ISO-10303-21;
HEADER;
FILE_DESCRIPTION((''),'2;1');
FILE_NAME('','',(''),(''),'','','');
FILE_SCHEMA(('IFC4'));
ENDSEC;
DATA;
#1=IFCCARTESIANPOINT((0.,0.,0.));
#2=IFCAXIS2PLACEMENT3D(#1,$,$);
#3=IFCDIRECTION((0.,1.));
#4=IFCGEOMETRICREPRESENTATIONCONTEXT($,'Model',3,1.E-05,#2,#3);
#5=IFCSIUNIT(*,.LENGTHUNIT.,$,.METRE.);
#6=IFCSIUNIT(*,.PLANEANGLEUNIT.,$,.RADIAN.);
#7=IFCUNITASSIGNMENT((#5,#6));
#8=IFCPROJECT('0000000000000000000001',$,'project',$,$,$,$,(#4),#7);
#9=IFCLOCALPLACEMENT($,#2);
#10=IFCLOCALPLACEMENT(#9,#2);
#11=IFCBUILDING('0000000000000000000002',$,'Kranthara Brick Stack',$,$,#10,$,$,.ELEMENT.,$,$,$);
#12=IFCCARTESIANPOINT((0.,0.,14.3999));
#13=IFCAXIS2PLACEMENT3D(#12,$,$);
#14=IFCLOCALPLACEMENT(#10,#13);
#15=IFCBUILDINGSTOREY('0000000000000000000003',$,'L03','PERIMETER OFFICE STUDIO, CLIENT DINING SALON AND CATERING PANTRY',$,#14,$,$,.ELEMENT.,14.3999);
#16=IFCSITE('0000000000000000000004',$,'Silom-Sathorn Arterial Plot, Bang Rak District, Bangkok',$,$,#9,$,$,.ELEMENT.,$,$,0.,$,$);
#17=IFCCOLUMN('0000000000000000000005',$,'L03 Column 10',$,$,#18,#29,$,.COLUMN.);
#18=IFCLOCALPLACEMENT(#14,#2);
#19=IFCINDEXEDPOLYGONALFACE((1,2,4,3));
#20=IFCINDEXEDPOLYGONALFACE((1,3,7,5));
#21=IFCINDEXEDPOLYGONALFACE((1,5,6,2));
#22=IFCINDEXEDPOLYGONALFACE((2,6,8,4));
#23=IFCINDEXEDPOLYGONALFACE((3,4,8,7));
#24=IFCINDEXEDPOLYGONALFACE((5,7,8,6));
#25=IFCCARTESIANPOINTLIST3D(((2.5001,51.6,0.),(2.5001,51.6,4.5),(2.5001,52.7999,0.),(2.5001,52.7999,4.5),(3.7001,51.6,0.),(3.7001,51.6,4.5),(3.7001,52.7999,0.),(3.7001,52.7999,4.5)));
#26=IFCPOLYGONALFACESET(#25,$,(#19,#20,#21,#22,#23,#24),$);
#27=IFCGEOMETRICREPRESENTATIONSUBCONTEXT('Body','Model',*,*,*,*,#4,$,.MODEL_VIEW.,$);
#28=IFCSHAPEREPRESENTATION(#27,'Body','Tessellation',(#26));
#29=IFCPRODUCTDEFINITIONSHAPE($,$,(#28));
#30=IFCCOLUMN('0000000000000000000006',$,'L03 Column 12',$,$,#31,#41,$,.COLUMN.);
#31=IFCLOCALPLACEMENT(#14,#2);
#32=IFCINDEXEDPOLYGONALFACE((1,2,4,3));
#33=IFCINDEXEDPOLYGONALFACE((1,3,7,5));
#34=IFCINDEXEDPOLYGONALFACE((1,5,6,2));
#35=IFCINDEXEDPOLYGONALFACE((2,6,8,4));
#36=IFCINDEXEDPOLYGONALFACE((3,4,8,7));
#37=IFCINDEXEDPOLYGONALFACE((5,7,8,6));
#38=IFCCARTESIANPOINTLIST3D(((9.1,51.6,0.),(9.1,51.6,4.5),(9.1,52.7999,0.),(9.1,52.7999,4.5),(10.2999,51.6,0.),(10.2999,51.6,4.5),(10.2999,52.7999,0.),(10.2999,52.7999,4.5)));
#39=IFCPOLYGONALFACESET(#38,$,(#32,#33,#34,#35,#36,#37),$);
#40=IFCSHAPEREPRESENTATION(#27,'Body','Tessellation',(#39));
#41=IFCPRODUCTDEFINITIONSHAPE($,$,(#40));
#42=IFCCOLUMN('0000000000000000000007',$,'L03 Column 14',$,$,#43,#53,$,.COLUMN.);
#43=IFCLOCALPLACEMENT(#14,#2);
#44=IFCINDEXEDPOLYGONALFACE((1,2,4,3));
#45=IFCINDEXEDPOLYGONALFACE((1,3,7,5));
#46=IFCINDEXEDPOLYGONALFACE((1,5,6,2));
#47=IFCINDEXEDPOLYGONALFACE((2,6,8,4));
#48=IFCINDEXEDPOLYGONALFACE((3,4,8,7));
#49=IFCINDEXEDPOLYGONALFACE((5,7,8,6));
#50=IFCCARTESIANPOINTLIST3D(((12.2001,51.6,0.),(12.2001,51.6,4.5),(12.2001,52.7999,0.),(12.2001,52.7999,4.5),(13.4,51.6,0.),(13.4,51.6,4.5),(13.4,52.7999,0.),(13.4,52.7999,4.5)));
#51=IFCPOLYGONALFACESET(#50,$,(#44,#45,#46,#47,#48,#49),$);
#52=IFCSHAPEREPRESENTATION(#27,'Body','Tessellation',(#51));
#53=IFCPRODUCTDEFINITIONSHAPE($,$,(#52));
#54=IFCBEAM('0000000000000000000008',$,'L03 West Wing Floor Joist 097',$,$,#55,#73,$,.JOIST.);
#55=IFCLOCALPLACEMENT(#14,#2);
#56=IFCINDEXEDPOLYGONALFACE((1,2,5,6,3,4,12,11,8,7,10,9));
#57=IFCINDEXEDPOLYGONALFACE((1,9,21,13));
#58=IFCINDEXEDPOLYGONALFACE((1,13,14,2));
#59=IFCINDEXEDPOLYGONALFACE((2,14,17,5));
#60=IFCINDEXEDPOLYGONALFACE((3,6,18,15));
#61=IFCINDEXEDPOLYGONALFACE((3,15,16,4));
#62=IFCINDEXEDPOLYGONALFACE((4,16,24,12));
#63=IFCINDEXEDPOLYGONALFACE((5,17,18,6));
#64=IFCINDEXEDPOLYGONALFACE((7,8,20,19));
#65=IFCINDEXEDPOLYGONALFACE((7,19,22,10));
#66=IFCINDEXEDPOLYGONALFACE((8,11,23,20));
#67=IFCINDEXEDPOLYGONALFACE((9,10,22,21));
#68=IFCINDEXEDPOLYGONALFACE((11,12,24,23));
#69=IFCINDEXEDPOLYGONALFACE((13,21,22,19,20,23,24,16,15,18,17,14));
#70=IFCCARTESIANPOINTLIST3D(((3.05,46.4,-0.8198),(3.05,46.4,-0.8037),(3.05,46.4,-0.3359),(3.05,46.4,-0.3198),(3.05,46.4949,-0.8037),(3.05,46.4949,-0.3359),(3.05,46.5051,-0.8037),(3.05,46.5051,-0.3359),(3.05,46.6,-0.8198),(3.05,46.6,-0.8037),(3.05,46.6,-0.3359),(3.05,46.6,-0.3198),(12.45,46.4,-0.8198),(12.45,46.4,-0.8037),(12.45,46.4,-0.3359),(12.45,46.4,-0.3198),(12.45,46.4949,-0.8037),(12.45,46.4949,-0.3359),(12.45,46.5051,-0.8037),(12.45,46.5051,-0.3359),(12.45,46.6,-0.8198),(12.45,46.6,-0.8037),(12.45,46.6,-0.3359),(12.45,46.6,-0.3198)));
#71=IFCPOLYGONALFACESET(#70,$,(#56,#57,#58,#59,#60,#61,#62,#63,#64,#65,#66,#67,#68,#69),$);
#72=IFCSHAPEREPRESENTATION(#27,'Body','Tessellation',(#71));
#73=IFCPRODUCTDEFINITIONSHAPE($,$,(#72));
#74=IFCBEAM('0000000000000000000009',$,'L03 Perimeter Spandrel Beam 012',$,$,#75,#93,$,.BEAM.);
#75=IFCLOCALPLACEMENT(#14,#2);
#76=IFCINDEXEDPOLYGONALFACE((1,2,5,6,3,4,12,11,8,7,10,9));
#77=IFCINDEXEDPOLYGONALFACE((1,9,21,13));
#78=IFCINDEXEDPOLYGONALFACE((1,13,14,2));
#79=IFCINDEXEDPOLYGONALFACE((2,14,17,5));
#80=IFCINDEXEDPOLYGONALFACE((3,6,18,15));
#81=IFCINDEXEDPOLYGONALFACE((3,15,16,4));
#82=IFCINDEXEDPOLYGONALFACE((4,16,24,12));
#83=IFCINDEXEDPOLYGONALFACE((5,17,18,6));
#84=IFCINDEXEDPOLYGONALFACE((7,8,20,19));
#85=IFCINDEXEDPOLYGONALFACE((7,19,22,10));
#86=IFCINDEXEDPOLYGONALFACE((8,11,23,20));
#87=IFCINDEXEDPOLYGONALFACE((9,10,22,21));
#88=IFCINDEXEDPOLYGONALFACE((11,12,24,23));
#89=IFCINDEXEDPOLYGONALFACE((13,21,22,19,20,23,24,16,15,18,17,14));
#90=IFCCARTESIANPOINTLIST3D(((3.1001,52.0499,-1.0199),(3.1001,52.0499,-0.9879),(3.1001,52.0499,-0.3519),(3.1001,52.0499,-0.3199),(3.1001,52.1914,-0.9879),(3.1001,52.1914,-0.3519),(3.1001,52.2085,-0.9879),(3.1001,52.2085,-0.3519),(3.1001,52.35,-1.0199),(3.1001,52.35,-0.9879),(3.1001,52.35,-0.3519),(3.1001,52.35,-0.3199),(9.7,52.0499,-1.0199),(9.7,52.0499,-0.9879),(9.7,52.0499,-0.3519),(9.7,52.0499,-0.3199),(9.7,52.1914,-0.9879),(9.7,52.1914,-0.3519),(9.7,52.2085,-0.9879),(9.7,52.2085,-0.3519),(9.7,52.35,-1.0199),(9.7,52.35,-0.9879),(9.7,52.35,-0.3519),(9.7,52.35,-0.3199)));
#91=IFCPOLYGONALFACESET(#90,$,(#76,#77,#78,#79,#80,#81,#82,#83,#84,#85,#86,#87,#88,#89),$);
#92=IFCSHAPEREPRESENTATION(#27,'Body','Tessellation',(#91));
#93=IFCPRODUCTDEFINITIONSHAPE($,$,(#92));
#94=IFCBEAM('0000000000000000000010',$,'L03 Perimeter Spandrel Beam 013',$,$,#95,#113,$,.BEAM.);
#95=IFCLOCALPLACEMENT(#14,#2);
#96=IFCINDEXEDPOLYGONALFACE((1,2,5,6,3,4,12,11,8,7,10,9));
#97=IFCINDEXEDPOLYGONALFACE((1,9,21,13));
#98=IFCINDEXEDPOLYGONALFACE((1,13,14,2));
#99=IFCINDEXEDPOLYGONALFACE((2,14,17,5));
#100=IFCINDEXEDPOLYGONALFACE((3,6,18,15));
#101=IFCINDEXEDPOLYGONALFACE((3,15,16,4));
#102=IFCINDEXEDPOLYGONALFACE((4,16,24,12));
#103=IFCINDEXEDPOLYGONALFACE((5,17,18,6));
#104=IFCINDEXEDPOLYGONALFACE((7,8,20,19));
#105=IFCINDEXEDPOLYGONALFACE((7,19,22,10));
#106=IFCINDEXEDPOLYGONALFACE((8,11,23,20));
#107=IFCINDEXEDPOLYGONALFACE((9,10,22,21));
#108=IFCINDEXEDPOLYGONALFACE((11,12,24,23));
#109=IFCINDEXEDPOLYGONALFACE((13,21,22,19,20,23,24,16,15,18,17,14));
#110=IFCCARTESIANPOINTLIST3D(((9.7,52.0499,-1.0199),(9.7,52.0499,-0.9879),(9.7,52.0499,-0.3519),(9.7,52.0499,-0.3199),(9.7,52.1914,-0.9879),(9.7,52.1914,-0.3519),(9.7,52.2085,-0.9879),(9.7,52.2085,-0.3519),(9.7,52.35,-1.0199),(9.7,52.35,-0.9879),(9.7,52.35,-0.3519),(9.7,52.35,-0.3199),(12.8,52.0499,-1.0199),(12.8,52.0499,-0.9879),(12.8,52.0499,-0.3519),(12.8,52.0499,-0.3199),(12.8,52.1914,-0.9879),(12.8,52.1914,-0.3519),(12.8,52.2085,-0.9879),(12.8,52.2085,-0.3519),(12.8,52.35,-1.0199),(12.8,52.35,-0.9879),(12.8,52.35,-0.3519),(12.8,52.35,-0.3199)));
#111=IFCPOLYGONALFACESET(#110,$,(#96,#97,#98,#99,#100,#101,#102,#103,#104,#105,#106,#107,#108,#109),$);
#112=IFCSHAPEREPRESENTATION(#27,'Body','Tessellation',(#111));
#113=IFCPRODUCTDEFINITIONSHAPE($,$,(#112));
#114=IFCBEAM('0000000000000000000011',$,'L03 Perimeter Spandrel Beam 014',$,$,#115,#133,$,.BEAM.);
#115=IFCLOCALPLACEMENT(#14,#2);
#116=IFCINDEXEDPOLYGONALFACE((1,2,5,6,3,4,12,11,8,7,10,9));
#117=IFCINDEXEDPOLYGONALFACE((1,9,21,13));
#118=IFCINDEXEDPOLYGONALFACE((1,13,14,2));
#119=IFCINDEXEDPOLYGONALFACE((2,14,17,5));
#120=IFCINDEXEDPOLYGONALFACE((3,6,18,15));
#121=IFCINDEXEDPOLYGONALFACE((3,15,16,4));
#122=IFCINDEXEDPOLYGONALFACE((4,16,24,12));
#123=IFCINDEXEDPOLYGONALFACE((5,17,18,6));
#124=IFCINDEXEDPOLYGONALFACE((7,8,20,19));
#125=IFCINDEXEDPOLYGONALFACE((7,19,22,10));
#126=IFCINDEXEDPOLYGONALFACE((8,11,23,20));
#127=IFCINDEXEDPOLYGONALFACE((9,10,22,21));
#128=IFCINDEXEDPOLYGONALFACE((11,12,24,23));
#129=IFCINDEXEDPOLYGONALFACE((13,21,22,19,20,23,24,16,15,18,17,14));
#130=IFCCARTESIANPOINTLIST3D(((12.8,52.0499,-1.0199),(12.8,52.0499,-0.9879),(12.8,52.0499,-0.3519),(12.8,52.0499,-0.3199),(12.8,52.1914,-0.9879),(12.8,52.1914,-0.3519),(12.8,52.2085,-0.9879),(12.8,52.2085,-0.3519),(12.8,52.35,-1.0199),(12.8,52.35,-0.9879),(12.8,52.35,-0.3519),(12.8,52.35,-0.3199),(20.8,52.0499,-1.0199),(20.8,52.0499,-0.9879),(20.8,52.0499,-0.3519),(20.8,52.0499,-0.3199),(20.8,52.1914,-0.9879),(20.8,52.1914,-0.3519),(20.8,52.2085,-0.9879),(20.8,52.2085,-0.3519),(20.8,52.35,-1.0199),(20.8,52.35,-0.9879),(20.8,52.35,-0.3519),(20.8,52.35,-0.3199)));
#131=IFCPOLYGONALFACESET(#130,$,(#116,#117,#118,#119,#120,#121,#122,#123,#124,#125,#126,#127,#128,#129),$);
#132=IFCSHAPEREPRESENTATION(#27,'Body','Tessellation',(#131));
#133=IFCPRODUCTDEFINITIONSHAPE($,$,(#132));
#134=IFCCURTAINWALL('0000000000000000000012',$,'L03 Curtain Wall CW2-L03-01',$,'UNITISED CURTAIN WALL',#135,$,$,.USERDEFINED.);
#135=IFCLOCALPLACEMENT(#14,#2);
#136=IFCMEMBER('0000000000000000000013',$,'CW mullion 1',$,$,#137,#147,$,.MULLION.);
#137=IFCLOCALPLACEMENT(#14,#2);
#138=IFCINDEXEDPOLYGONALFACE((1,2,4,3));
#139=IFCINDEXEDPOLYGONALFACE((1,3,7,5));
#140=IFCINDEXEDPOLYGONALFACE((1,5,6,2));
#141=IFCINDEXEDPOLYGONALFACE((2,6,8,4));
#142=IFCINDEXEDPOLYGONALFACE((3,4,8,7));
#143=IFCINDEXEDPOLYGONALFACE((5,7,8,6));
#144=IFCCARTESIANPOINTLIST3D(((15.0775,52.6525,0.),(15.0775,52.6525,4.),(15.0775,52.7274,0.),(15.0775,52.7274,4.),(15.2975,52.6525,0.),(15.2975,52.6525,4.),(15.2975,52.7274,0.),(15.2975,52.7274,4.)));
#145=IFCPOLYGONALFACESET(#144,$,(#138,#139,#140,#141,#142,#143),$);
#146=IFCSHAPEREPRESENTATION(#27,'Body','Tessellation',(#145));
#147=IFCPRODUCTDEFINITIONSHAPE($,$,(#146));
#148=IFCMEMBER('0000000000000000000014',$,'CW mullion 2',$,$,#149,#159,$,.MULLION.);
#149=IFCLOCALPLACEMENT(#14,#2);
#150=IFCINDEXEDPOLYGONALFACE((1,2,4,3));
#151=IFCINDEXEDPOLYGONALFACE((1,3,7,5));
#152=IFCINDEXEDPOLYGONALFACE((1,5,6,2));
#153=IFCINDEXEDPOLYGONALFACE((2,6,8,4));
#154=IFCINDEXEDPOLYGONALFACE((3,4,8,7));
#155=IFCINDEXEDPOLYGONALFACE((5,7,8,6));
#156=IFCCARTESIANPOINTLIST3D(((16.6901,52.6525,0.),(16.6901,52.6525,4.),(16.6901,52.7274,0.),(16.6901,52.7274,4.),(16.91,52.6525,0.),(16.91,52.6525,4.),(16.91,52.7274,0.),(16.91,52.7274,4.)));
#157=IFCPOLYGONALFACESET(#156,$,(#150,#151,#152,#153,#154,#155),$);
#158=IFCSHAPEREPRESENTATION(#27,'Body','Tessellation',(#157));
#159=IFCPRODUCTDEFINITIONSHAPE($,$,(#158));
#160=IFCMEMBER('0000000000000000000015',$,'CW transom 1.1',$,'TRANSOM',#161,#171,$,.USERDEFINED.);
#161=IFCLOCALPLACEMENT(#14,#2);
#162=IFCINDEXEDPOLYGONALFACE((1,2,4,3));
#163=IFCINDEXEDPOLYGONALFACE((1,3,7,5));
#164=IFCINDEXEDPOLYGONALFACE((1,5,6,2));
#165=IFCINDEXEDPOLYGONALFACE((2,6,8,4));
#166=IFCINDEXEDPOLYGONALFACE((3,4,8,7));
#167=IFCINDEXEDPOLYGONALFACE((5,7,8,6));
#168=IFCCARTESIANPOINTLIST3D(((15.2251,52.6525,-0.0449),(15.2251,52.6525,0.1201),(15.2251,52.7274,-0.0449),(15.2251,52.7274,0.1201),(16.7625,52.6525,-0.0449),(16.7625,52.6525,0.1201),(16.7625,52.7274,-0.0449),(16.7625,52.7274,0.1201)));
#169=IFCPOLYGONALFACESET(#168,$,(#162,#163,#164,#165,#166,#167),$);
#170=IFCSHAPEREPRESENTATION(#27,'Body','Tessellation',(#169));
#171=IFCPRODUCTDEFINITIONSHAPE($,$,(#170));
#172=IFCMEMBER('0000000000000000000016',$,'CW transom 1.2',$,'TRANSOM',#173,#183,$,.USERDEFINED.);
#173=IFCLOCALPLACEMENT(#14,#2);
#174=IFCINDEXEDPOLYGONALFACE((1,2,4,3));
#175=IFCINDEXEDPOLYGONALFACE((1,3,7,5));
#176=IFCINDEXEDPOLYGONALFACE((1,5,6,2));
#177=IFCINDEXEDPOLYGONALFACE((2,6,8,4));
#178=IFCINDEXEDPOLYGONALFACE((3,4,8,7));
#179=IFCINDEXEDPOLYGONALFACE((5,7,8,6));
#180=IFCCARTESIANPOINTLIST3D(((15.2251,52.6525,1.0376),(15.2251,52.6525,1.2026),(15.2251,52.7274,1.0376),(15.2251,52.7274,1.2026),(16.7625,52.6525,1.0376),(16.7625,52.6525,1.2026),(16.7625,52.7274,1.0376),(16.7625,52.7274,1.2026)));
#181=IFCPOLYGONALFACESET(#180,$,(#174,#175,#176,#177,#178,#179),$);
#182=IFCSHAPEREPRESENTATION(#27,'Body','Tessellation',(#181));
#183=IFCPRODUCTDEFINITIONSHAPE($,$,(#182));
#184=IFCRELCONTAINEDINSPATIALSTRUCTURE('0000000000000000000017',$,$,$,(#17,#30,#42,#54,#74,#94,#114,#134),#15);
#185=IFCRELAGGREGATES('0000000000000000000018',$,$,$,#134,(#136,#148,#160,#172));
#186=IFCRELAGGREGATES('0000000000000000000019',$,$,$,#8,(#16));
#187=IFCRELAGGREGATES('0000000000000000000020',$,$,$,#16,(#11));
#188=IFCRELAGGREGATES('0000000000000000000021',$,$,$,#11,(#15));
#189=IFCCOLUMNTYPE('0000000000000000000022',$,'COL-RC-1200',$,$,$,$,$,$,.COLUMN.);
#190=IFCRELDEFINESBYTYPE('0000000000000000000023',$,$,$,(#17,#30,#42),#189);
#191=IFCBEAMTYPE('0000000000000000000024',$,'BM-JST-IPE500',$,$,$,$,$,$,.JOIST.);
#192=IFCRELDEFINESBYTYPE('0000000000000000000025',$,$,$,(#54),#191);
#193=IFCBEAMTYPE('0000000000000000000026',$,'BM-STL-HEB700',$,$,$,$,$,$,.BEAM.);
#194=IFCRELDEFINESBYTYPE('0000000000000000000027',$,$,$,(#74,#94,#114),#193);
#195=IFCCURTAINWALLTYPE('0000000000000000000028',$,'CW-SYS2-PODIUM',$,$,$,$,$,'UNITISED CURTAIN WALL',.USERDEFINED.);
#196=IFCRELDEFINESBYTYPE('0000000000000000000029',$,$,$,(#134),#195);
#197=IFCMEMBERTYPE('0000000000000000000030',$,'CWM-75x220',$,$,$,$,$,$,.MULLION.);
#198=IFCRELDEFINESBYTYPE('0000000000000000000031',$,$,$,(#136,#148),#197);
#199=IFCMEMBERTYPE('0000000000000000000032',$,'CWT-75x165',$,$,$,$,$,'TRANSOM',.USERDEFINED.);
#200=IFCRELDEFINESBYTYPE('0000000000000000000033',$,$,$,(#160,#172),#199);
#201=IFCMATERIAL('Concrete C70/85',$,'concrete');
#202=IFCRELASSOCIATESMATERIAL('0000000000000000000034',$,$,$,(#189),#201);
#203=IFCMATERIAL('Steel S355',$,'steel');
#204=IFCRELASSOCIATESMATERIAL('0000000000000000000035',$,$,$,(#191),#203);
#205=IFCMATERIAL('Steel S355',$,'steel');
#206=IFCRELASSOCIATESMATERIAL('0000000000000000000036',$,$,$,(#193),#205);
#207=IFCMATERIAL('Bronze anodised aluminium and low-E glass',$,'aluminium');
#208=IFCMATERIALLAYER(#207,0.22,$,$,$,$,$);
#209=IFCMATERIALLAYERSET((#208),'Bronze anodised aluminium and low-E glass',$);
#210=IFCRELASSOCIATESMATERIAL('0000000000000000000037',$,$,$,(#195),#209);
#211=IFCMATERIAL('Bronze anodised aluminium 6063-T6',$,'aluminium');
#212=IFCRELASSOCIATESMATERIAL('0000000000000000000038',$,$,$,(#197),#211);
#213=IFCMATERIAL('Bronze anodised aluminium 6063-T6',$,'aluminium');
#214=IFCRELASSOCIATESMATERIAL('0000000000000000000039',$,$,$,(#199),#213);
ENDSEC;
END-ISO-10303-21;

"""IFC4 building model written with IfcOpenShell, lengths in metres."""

from ifc_helpers import new_model, si_unit, direction, frame, origin, origin_2d, place, context, subcontext, project, spatial, rectangle, i_section, extrude, material, layer, layer_set, material_profile, profile_set, type_object, element, aggregate, save


model = new_model("IFC4")

# Units and contexts
model_context = context("Model", 3, precision=1e-05, world=origin(), true_north=direction((0.0, 1.0)))
body_context = subcontext(model_context, "Body", "Model", "MODEL_VIEW")
ifc_project = project(units=[si_unit("LENGTHUNIT", "METRE"), si_unit("PLANEANGLEUNIT", "RADIAN")], contexts=[model_context])

# Site, building, storey
site_placement = place(None, origin())
site = spatial("IfcSite", under=ifc_project, at=site_placement, Name="Silom-Sathorn Arterial Plot, Bang Rak District, Bangkok", CompositionType="ELEMENT", RefElevation=0.0)
building_placement = place(site_placement, origin())
building = spatial("IfcBuilding", under=site, at=building_placement, Name="Kranthara Brick Stack", CompositionType="ELEMENT")
storey_placement = place(building_placement, frame((0.0, 0.0, 14.3999)))
storey = spatial("IfcBuildingStorey", under=building, at=storey_placement, Name="L03", Description="PERIMETER OFFICE STUDIO, CLIENT DINING SALON AND CATERING PANTRY", CompositionType="ELEMENT", Elevation=14.3999)

# Columns
ifc_material_1 = material(Name="Concrete C70/85", Category="concrete")
ifc_material_profile_1 = material_profile(ifc_material_1, rectangle(XDim=1.2, YDim=1.2, at=origin_2d()), Name="RC 1200x1200")
ifc_profile_set_1 = profile_set([ifc_material_profile_1], Name="Concrete C70/85")
column_type = type_object("IfcColumnType", Name="COL-RC-1200", PredefinedType="COLUMN", material=ifc_profile_set_1)
for number, where, z_axis, x_axis, name in (
    (1, (3.1001, 52.2, 0.0), (0.0, 0.0, 1.0), (1.0, 0.0, 0.0), "L03 Column 10"),
    (2, (9.7, 52.2, 0.0), (0.0, 0.0, 1.0), (1.0, 0.0, 0.0), "L03 Column 12"),
    (3, (12.8, 52.2, 0.0), (0.0, 0.0, 1.0), (1.0, 0.0, 0.0), "L03 Column 14"),
):
    element("IfcColumn", number, at=place(storey_placement, frame(where, z_axis=z_axis, x_axis=x_axis)), inside=storey, type_object=column_type, Name=name, PredefinedType="COLUMN", context=body_context, shape_type="SweptSolid", body=[
        extrude(rectangle(XDim=1.2, YDim=1.2, at=origin_2d()), origin(), (0.0, 0.0, 1.0), 4.5),
    ])

# Beams
ifc_material_2 = material(Name="Steel S355", Category="steel")
ifc_material_profile_2 = material_profile(ifc_material_2, i_section(OverallWidth=0.2, OverallDepth=0.5, WebThickness=0.0103, FlangeThickness=0.0161, at=origin_2d()), Name="IPE 500")
ifc_profile_set_2 = profile_set([ifc_material_profile_2], Name="Steel S355")
beam_type_1 = type_object("IfcBeamType", Name="BM-JST-IPE500", PredefinedType="JOIST", material=ifc_profile_set_2)
beam_1_placement = place(storey_placement, frame((3.05, 46.5, -0.5698), z_axis=(1.0, 0.0, 0.0), x_axis=(0.0, 1.0, 0.0)))
element("IfcBeam", 4, at=beam_1_placement, inside=storey, type_object=beam_type_1, Name="L03 West Wing Floor Joist 097", PredefinedType="JOIST", context=body_context, shape_type="SweptSolid", body=[
    extrude(i_section(OverallWidth=0.2, OverallDepth=0.5, WebThickness=0.0103, FlangeThickness=0.0161, at=origin_2d()), origin(), (0.0, 0.0, 1.0), 9.3999),
])
ifc_material_3 = material(Name="Steel S355", Category="steel")
ifc_material_profile_3 = material_profile(ifc_material_3, i_section(OverallWidth=0.3, OverallDepth=0.7, WebThickness=0.0171, FlangeThickness=0.032, at=origin_2d()), Name="HEB 700")
ifc_profile_set_3 = profile_set([ifc_material_profile_3], Name="Steel S355")
beam_type_2 = type_object("IfcBeamType", Name="BM-STL-HEB700", PredefinedType="BEAM", material=ifc_profile_set_3)
beam_2_placement = place(storey_placement, frame((3.1001, 52.2, -0.6699), z_axis=(1.0, 0.0, 0.0), x_axis=(0.0, 1.0, 0.0)))
element("IfcBeam", 5, at=beam_2_placement, inside=storey, type_object=beam_type_2, Name="L03 Perimeter Spandrel Beam 012", PredefinedType="BEAM", context=body_context, shape_type="SweptSolid", body=[
    extrude(i_section(OverallWidth=0.3, OverallDepth=0.7, WebThickness=0.0171, FlangeThickness=0.032, at=origin_2d()), origin(), (0.0, 0.0, 1.0), 6.5999),
])
beam_3_placement = place(storey_placement, frame((9.7, 52.2, -0.6699), z_axis=(1.0, 0.0, 0.0), x_axis=(0.0, 1.0, 0.0)))
element("IfcBeam", 6, at=beam_3_placement, inside=storey, type_object=beam_type_2, Name="L03 Perimeter Spandrel Beam 013", PredefinedType="BEAM", context=body_context, shape_type="SweptSolid", body=[
    extrude(i_section(OverallWidth=0.3, OverallDepth=0.7, WebThickness=0.0171, FlangeThickness=0.032, at=origin_2d()), origin(), (0.0, 0.0, 1.0), 3.1001),
])
beam_4_placement = place(storey_placement, frame((12.8, 52.2, -0.6699), z_axis=(1.0, 0.0, 0.0), x_axis=(0.0, 1.0, 0.0)))
element("IfcBeam", 7, at=beam_4_placement, inside=storey, type_object=beam_type_2, Name="L03 Perimeter Spandrel Beam 014", PredefinedType="BEAM", context=body_context, shape_type="SweptSolid", body=[
    extrude(i_section(OverallWidth=0.3, OverallDepth=0.7, WebThickness=0.0171, FlangeThickness=0.032, at=origin_2d()), origin(), (0.0, 0.0, 1.0), 8.0),
])

# Curtain wall, members
ifc_material_4 = material(Name="Bronze anodised aluminium and low-E glass", Category="aluminium")
ifc_layer_1 = layer(ifc_material_4, 0.22)
ifc_layer_set_1 = layer_set([ifc_layer_1], Name="Bronze anodised aluminium and low-E glass")
curtain_wall_type = type_object("IfcCurtainWallType", Name="CW-SYS2-PODIUM", ElementType="UNITISED CURTAIN WALL", PredefinedType="USERDEFINED", material=ifc_layer_set_1)
curtain_wall_placement = place(storey_placement, origin())
curtain_wall = element("IfcCurtainWall", 8, at=curtain_wall_placement, inside=storey, type_object=curtain_wall_type, Name="L03 Curtain Wall CW2-L03-01", ObjectType="UNITISED CURTAIN WALL", PredefinedType="USERDEFINED")
ifc_material_5 = material(Name="Bronze anodised aluminium 6063-T6", Category="aluminium")
ifc_material_profile_4 = material_profile(ifc_material_5, rectangle(XDim=0.075, YDim=0.22, at=origin_2d()), Name="ALU MULLION 75x220")
ifc_profile_set_4 = profile_set([ifc_material_profile_4], Name="Bronze anodised aluminium 6063-T6")
member_type_1 = type_object("IfcMemberType", Name="CWM-75x220", PredefinedType="MULLION", material=ifc_profile_set_4)
member_1_placement = place(storey_placement, frame((15.1875, 52.6899, 0.0), z_axis=(0.0, 0.0, 1.0), x_axis=(0.0, 1.0, 0.0)))
member_1 = element("IfcMember", 9, at=member_1_placement, type_object=member_type_1, Name="CW mullion 1", PredefinedType="MULLION", context=body_context, shape_type="SweptSolid", body=[
    extrude(rectangle(XDim=0.075, YDim=0.22, at=origin_2d()), origin(), (0.0, 0.0, 1.0), 4.0),
])
member_2_placement = place(storey_placement, frame((16.8, 52.6899, 0.0), z_axis=(0.0, 0.0, 1.0), x_axis=(0.0, 1.0, 0.0)))
member_2 = element("IfcMember", 10, at=member_2_placement, type_object=member_type_1, Name="CW mullion 2", PredefinedType="MULLION", context=body_context, shape_type="SweptSolid", body=[
    extrude(rectangle(XDim=0.075, YDim=0.22, at=origin_2d()), origin(), (0.0, 0.0, 1.0), 4.0),
])
ifc_material_6 = material(Name="Bronze anodised aluminium 6063-T6", Category="aluminium")
ifc_material_profile_5 = material_profile(ifc_material_6, rectangle(XDim=0.075, YDim=0.165, at=origin_2d()), Name="ALU TRANSOM 75x165")
ifc_profile_set_5 = profile_set([ifc_material_profile_5], Name="Bronze anodised aluminium 6063-T6")
member_type_2 = type_object("IfcMemberType", Name="CWT-75x165", ElementType="TRANSOM", PredefinedType="USERDEFINED", material=ifc_profile_set_5)
member_3_placement = place(storey_placement, frame((15.2251, 52.6899, 0.0376), z_axis=(1.0, 0.0, 0.0), x_axis=(0.0, 1.0, 0.0)))
member_3 = element("IfcMember", 11, at=member_3_placement, type_object=member_type_2, Name="CW transom 1.1", ObjectType="TRANSOM", PredefinedType="USERDEFINED", context=body_context, shape_type="SweptSolid", body=[
    extrude(rectangle(XDim=0.075, YDim=0.165, at=origin_2d()), origin(), (0.0, 0.0, 1.0), 1.5374),
])
member_4_placement = place(storey_placement, frame((15.2251, 52.6899, 1.1201), z_axis=(1.0, 0.0, 0.0), x_axis=(0.0, 1.0, 0.0)))
member_4 = element("IfcMember", 12, at=member_4_placement, type_object=member_type_2, Name="CW transom 1.2", ObjectType="TRANSOM", PredefinedType="USERDEFINED", context=body_context, shape_type="SweptSolid", body=[
    extrude(rectangle(XDim=0.075, YDim=0.165, at=origin_2d()), origin(), (0.0, 0.0, 1.0), 1.5374),
])
aggregate(curtain_wall, [member_1, member_2, member_3, member_4])

save(model, "model.ifc")
